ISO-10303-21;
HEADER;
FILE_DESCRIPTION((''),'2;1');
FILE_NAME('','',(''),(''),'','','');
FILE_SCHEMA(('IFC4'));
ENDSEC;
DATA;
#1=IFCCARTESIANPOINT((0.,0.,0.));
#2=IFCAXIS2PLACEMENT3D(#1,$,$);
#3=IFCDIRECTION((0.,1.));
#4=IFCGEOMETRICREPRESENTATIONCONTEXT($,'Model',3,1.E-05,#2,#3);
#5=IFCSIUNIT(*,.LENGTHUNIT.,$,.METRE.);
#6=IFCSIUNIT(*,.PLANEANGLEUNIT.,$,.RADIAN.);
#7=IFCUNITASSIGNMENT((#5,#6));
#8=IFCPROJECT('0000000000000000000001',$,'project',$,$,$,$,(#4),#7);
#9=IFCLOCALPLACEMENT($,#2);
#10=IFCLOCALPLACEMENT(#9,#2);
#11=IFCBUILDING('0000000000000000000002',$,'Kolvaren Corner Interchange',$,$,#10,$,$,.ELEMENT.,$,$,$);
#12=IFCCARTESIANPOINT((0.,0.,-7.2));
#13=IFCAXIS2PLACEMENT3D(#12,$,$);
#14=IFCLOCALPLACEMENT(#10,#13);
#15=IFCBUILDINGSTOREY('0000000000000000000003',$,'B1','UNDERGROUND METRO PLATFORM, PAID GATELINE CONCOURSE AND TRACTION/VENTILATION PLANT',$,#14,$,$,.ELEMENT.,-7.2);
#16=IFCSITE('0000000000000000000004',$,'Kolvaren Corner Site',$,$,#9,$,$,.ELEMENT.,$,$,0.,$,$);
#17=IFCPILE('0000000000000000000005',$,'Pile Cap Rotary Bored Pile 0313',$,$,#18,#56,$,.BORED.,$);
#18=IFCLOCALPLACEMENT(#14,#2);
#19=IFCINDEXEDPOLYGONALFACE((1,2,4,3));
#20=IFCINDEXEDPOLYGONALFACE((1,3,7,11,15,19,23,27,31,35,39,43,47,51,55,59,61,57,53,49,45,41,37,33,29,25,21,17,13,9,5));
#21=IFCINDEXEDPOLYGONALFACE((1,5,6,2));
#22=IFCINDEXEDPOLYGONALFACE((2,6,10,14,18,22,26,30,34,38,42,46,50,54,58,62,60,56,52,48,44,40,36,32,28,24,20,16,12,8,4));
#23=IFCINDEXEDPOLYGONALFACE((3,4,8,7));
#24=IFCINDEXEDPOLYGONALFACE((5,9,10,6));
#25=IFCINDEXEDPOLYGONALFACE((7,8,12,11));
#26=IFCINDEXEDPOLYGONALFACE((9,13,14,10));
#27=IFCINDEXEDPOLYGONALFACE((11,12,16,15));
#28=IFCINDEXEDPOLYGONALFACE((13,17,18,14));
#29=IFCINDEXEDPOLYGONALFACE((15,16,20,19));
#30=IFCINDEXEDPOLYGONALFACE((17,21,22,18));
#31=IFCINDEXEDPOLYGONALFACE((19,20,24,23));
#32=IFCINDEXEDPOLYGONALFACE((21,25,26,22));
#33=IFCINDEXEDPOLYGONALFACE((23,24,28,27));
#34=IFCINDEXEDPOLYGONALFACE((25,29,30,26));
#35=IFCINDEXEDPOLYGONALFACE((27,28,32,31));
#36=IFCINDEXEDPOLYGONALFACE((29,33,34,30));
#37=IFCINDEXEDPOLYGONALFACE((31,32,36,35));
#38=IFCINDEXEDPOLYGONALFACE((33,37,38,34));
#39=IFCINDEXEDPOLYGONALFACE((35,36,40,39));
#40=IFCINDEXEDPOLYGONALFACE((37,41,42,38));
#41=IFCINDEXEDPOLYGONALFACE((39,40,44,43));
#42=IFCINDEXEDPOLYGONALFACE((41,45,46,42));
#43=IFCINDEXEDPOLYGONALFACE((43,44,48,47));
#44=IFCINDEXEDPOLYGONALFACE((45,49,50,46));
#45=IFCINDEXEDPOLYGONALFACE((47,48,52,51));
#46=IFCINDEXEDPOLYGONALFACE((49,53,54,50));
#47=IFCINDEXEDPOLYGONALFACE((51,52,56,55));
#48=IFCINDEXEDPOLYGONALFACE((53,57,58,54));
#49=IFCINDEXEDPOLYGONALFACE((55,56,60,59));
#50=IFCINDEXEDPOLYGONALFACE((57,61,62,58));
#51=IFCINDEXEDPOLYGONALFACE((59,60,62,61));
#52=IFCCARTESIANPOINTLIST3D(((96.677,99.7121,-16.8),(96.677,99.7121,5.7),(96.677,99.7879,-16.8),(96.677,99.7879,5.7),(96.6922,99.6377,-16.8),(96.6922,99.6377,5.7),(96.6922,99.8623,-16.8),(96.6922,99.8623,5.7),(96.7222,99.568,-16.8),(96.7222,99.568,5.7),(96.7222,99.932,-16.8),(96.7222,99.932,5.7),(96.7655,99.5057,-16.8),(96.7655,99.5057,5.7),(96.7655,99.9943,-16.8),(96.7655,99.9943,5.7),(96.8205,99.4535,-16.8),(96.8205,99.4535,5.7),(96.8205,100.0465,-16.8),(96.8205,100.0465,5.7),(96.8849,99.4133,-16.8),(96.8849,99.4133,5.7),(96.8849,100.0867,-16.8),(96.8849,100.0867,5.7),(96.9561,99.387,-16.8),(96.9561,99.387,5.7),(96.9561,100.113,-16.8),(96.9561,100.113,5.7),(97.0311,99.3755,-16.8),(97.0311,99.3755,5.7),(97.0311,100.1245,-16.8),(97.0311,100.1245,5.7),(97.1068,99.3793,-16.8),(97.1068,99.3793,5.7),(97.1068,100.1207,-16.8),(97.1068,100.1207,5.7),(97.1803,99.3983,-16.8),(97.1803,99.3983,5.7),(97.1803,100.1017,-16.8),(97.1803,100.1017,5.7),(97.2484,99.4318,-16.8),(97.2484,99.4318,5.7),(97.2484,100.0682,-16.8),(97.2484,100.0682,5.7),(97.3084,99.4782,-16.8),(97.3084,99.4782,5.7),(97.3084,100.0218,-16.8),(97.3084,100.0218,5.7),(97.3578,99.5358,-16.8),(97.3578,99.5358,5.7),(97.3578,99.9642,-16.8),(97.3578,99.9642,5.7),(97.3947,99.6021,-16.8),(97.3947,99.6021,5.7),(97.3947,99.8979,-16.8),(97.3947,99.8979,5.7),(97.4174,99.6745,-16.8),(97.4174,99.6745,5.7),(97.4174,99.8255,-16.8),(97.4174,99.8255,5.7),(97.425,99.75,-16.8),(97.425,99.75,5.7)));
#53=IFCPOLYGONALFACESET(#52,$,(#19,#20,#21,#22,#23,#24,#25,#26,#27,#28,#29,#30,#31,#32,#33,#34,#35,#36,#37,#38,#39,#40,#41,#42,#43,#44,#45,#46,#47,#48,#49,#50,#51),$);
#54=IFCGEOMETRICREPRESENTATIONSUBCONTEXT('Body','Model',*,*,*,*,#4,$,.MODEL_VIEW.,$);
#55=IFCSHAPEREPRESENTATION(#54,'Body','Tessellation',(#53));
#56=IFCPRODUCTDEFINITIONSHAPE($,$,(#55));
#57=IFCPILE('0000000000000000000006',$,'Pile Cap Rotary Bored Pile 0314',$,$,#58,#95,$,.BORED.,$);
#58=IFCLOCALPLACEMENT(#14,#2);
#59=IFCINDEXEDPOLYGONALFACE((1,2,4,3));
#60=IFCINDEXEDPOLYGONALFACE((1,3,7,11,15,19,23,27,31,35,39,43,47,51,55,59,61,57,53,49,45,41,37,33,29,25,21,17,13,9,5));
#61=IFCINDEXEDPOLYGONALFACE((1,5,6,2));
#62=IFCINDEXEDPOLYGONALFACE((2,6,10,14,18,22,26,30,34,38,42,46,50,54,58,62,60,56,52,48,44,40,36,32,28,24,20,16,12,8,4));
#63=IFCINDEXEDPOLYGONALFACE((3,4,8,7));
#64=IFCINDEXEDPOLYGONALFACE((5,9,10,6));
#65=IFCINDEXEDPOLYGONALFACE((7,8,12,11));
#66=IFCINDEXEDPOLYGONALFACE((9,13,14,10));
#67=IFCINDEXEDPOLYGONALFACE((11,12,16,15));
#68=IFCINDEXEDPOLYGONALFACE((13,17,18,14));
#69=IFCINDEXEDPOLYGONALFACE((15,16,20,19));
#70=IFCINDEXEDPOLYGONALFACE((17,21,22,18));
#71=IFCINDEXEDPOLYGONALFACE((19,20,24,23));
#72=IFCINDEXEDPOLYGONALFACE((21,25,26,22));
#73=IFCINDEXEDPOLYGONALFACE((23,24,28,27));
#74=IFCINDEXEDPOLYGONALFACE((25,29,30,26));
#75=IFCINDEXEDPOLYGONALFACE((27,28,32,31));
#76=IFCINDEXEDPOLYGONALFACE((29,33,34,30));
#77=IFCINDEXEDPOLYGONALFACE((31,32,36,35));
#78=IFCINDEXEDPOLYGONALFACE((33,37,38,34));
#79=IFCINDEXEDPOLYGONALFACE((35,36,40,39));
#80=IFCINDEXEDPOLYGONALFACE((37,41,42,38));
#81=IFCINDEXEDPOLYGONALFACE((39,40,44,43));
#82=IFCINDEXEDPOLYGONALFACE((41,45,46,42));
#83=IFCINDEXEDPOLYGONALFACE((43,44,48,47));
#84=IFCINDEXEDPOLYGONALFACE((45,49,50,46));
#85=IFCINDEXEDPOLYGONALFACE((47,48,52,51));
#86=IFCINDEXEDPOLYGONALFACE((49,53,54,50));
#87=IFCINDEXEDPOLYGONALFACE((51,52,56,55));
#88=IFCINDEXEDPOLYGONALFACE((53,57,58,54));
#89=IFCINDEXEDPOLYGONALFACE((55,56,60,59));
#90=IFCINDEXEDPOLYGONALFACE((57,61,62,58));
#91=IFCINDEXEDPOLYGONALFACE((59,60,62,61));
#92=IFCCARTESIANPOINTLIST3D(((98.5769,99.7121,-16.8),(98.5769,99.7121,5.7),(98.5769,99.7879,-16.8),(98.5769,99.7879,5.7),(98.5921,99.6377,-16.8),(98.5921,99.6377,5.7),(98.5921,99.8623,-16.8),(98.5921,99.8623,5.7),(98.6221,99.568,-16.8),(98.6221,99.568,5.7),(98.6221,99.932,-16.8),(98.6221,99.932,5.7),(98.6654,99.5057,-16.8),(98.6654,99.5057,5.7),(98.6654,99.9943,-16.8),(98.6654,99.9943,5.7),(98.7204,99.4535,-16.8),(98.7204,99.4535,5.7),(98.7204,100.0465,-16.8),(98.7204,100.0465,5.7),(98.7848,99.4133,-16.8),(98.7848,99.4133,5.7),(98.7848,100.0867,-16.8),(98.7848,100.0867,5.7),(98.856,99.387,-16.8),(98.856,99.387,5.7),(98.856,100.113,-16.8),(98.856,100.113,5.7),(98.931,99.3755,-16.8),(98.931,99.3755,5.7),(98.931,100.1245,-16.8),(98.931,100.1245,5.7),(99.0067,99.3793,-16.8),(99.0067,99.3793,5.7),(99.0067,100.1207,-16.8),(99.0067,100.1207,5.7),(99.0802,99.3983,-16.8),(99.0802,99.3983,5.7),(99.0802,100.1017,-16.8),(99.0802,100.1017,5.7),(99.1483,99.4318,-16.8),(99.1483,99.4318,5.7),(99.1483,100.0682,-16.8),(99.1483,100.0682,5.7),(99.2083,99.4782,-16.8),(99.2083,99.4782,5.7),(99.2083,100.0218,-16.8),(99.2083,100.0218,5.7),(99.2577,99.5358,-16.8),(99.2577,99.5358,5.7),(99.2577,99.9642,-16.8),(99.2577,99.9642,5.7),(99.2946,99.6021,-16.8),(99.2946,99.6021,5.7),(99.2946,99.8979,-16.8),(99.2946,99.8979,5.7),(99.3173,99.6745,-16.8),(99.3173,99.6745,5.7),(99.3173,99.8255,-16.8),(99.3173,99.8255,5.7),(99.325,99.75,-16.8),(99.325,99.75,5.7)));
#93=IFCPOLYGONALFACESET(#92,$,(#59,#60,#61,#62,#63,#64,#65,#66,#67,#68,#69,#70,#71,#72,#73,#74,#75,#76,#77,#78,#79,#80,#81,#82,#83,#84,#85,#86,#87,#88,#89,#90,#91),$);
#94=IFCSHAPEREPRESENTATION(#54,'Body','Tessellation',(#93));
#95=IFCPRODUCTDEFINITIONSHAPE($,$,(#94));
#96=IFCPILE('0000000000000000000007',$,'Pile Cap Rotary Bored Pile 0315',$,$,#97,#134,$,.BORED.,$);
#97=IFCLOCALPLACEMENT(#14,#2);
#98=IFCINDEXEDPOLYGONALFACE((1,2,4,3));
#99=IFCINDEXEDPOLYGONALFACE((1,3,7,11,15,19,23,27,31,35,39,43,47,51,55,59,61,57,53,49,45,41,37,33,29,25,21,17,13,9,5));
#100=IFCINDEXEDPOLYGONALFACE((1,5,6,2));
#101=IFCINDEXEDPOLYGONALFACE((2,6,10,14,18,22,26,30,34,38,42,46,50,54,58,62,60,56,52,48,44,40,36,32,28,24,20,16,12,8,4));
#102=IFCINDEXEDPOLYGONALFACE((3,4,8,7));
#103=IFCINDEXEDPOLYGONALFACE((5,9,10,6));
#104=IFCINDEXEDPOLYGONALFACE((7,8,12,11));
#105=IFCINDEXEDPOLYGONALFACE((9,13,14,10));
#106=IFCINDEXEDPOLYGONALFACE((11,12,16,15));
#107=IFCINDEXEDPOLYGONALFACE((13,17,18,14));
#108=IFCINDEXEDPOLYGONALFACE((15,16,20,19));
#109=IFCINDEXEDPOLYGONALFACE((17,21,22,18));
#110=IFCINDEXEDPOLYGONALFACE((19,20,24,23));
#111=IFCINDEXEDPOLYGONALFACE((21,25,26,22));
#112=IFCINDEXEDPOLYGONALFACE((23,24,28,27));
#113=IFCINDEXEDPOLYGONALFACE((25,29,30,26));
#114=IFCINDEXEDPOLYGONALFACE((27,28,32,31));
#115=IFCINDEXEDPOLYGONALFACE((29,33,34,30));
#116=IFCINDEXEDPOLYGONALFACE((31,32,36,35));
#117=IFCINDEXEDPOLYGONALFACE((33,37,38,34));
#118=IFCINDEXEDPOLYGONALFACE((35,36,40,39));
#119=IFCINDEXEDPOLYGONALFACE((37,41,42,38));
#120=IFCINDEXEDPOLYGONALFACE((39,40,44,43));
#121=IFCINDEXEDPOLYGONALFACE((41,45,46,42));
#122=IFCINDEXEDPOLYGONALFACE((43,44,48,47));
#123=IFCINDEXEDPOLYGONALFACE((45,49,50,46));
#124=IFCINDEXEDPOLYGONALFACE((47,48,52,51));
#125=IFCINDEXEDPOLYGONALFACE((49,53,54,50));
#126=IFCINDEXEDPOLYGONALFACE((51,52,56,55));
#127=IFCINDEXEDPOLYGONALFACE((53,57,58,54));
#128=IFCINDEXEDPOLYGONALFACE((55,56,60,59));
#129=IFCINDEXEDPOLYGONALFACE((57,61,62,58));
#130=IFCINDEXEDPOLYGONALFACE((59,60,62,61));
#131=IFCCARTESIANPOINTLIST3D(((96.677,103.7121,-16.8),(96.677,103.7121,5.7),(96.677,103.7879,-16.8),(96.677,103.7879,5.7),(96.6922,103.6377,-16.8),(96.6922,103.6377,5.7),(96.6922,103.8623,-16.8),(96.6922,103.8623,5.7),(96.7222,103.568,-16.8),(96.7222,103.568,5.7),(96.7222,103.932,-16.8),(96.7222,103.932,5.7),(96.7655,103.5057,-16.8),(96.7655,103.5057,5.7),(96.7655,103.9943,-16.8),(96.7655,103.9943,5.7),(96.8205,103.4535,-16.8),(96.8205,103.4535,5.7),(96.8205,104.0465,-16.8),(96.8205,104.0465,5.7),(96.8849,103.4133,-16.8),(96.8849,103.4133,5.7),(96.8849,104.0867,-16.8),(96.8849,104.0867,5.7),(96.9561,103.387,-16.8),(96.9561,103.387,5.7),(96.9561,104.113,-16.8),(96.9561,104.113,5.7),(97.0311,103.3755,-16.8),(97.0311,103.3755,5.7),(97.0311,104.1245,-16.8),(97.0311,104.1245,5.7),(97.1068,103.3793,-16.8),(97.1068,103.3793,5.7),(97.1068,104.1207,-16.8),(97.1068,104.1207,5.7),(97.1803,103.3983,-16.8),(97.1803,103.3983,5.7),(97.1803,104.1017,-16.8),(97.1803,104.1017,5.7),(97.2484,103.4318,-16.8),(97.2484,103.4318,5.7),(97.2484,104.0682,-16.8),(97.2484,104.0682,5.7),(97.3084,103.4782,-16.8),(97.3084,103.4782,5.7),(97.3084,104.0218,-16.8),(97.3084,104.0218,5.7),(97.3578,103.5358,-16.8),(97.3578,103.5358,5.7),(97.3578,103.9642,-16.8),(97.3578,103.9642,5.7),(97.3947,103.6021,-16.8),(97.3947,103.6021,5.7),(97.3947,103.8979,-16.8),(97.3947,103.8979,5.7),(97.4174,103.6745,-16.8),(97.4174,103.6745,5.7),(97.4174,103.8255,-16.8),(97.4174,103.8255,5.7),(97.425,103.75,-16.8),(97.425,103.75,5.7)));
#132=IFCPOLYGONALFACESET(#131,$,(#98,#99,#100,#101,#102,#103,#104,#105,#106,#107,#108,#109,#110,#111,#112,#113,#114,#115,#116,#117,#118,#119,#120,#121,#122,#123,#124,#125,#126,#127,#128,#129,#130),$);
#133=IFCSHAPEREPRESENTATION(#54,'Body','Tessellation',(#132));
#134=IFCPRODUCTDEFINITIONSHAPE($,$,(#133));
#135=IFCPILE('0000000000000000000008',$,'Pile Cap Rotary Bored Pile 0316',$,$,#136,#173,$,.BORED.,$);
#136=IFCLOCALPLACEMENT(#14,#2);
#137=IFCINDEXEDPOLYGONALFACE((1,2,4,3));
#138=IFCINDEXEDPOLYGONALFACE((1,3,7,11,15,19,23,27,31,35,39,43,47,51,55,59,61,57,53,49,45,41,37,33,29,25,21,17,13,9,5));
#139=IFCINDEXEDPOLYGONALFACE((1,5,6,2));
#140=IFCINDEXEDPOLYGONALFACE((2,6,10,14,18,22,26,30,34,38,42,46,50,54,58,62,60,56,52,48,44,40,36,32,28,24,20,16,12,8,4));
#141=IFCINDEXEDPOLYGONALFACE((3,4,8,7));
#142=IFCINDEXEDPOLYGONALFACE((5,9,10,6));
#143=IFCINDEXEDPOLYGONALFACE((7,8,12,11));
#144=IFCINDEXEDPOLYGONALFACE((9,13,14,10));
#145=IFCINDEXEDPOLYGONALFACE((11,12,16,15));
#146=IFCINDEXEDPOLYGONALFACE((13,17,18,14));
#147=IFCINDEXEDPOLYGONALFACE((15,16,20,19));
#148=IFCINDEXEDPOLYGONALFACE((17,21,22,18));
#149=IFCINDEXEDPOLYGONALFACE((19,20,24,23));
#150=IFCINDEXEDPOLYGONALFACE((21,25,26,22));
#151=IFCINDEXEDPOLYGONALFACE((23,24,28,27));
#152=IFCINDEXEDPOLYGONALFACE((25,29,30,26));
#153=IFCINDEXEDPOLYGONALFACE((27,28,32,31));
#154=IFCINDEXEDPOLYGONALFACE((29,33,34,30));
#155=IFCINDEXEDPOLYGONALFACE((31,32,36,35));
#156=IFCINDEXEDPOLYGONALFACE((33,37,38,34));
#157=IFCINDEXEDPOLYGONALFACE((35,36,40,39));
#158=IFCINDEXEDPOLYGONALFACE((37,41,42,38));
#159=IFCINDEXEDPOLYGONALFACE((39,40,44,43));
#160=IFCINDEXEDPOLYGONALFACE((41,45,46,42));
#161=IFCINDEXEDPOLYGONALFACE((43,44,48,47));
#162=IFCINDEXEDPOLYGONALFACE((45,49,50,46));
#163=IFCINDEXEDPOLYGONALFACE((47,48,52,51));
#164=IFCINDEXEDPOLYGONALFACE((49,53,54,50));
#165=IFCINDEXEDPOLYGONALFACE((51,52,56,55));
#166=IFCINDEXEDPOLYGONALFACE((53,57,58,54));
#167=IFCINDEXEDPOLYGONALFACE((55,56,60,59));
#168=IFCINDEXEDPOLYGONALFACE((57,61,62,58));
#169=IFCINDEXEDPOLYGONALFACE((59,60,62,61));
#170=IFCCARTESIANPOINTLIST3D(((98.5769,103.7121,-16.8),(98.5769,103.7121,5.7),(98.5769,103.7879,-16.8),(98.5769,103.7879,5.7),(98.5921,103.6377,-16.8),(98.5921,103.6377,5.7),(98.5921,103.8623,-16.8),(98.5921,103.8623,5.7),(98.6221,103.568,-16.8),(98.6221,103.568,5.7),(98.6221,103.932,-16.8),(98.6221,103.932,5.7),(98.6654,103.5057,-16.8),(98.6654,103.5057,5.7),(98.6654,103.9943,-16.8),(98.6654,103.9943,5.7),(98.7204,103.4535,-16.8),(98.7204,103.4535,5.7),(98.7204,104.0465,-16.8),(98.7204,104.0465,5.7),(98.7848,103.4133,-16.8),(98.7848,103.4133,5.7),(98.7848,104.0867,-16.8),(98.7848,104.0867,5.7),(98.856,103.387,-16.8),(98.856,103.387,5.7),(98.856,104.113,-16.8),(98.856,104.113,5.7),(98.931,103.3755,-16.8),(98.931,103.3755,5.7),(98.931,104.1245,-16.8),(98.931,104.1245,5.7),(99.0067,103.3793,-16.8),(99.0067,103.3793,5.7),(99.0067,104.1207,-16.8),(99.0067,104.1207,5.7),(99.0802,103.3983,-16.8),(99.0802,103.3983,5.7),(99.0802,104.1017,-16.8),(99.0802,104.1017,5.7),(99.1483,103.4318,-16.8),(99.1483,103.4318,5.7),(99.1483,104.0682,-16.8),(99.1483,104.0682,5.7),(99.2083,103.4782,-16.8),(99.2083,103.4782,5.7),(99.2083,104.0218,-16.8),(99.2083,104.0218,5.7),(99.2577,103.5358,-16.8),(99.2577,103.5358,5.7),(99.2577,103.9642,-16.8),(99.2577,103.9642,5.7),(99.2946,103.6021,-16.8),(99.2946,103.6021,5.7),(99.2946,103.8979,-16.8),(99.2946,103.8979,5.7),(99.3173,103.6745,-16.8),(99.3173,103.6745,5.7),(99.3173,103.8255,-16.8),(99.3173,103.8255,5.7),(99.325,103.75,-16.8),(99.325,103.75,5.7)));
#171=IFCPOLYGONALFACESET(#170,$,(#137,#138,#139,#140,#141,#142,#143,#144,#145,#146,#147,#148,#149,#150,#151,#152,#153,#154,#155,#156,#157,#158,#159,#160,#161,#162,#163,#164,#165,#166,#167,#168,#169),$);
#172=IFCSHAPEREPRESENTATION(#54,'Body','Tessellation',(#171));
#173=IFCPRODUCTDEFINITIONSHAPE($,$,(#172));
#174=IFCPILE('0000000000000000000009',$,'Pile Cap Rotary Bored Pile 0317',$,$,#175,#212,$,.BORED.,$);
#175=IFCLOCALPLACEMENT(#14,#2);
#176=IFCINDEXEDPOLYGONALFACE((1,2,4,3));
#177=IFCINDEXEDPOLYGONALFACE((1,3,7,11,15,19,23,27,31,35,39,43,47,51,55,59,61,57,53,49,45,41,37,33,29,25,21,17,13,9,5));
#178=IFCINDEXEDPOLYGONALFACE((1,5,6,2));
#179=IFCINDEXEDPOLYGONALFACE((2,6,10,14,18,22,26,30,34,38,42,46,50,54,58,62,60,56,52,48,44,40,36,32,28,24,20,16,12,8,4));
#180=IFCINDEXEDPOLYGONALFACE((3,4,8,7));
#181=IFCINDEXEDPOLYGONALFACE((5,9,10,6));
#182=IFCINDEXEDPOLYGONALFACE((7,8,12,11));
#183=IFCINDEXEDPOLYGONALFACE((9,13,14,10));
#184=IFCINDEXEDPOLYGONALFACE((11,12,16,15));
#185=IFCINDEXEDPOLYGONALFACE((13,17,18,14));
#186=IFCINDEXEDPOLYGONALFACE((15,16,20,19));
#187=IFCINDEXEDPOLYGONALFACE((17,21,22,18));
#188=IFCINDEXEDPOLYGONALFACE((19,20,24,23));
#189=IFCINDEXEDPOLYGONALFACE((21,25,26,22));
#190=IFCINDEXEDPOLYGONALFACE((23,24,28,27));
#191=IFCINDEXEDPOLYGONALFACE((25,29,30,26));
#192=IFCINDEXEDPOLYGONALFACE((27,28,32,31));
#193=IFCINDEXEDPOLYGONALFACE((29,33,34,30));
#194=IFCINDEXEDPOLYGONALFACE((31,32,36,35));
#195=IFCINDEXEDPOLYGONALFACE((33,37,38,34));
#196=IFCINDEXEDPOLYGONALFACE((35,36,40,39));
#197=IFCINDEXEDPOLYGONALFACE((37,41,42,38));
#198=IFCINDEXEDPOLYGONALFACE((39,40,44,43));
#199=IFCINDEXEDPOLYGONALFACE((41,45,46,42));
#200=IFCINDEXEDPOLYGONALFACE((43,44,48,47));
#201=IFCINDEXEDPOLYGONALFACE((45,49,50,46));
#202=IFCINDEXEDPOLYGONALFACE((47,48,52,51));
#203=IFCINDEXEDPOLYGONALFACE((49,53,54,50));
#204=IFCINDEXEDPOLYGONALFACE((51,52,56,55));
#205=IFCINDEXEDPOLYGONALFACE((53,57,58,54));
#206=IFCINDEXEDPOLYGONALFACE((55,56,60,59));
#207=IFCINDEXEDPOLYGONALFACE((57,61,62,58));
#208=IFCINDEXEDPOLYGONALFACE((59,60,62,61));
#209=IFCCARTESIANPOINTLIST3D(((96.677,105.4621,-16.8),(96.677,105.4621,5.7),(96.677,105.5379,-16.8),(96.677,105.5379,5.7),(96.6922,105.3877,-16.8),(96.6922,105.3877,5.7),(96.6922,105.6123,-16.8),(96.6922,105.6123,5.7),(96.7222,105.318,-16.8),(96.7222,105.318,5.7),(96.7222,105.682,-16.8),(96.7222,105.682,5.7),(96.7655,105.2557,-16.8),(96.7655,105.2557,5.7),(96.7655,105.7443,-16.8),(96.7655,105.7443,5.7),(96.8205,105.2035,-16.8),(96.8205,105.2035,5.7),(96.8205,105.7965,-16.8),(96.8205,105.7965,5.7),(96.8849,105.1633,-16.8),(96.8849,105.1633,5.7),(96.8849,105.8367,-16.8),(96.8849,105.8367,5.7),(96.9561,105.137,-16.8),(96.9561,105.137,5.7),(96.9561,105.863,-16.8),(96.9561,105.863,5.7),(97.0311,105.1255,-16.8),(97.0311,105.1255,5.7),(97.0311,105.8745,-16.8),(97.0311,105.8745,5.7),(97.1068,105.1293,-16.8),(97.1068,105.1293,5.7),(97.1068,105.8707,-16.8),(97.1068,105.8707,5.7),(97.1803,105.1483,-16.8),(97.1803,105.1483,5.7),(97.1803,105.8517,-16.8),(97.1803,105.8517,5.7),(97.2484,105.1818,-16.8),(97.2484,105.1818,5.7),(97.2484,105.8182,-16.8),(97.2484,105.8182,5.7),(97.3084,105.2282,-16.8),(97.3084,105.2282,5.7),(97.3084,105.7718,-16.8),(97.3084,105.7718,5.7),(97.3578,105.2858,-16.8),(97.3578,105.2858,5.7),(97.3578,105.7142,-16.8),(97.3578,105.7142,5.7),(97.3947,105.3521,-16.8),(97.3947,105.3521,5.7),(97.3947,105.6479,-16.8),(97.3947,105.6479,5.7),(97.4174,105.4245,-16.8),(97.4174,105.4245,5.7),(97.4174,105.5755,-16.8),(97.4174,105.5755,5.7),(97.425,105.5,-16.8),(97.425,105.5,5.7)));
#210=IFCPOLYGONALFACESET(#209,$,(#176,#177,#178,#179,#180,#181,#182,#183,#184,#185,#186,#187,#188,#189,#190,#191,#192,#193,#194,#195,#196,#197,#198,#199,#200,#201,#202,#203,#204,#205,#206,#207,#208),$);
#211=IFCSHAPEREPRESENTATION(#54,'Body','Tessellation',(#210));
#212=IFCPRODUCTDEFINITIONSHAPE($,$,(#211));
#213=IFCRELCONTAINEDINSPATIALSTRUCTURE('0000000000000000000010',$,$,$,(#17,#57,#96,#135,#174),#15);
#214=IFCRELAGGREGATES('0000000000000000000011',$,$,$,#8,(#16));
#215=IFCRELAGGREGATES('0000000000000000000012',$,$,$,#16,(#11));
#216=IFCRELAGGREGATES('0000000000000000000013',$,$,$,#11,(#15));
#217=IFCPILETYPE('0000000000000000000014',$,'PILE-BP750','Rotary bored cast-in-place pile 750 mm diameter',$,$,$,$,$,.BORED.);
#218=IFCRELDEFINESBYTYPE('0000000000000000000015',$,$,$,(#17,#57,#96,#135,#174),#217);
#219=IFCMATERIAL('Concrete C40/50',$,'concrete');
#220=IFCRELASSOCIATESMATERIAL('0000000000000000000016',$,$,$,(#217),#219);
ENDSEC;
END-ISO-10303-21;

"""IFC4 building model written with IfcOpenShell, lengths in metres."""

from ifc_helpers import new_model, si_unit, direction, frame, origin, origin_2d, place, context, subcontext, project, spatial, circle, extrude, material, material_profile, profile_set, type_object, element, save


model = new_model("IFC4")

# Units and contexts
model_context = context("Model", 3, precision=1e-05, world=origin(), true_north=direction((0.0, 1.0)))
body_context = subcontext(model_context, "Body", "Model", "MODEL_VIEW")
ifc_project = project(units=[si_unit("LENGTHUNIT", "METRE"), si_unit("PLANEANGLEUNIT", "RADIAN")], contexts=[model_context])

# Site, building, storey
site_placement = place(None, origin())
site = spatial("IfcSite", under=ifc_project, at=site_placement, Name="Kolvaren Corner Site", CompositionType="ELEMENT", RefElevation=0.0)
building_placement = place(site_placement, origin())
building = spatial("IfcBuilding", under=site, at=building_placement, Name="Kolvaren Corner Interchange", CompositionType="ELEMENT")
storey_placement = place(building_placement, frame((0.0, 0.0, -7.2)))
storey = spatial("IfcBuildingStorey", under=building, at=storey_placement, Name="B1", Description="UNDERGROUND METRO PLATFORM, PAID GATELINE CONCOURSE AND TRACTION/VENTILATION PLANT", CompositionType="ELEMENT", Elevation=-7.2)

# Piles
ifc_material_1 = material(Name="Concrete C40/50", Category="concrete")
ifc_material_profile = material_profile(ifc_material_1, circle(Radius=0.375, at=origin_2d()), Name="BORED PILE 750")
ifc_profile_set = profile_set([ifc_material_profile], Name="Concrete C40/50")
pile_type = type_object("IfcPileType", Name="PILE-BP750", Description="Rotary bored cast-in-place pile 750 mm diameter", PredefinedType="BORED", material=ifc_profile_set)
for number, where, z_axis, x_axis, name in (
    (1, (97.05, 99.75, 5.7), (0.0, 0.0, -1.0), (1.0, 0.0, 0.0), "Pile Cap Rotary Bored Pile 0313"),
    (2, (98.95, 99.75, 5.7), (0.0, 0.0, -1.0), (1.0, 0.0, 0.0), "Pile Cap Rotary Bored Pile 0314"),
    (3, (97.05, 103.75, 5.7), (0.0, 0.0, -1.0), (1.0, 0.0, 0.0), "Pile Cap Rotary Bored Pile 0315"),
    (4, (98.95, 103.75, 5.7), (0.0, 0.0, -1.0), (1.0, 0.0, 0.0), "Pile Cap Rotary Bored Pile 0316"),
    (5, (97.05, 105.5, 5.7), (0.0, 0.0, -1.0), (1.0, 0.0, 0.0), "Pile Cap Rotary Bored Pile 0317"),
):
    element("IfcPile", number, at=place(storey_placement, frame(where, z_axis=z_axis, x_axis=x_axis)), inside=storey, type_object=pile_type, Name=name, PredefinedType="BORED", context=body_context, shape_type="SweptSolid", body=[
        extrude(circle(Radius=0.375, at=origin_2d()), origin(), (0.0, 0.0, 1.0), 22.5),
    ])

save(model, "model.ifc")
